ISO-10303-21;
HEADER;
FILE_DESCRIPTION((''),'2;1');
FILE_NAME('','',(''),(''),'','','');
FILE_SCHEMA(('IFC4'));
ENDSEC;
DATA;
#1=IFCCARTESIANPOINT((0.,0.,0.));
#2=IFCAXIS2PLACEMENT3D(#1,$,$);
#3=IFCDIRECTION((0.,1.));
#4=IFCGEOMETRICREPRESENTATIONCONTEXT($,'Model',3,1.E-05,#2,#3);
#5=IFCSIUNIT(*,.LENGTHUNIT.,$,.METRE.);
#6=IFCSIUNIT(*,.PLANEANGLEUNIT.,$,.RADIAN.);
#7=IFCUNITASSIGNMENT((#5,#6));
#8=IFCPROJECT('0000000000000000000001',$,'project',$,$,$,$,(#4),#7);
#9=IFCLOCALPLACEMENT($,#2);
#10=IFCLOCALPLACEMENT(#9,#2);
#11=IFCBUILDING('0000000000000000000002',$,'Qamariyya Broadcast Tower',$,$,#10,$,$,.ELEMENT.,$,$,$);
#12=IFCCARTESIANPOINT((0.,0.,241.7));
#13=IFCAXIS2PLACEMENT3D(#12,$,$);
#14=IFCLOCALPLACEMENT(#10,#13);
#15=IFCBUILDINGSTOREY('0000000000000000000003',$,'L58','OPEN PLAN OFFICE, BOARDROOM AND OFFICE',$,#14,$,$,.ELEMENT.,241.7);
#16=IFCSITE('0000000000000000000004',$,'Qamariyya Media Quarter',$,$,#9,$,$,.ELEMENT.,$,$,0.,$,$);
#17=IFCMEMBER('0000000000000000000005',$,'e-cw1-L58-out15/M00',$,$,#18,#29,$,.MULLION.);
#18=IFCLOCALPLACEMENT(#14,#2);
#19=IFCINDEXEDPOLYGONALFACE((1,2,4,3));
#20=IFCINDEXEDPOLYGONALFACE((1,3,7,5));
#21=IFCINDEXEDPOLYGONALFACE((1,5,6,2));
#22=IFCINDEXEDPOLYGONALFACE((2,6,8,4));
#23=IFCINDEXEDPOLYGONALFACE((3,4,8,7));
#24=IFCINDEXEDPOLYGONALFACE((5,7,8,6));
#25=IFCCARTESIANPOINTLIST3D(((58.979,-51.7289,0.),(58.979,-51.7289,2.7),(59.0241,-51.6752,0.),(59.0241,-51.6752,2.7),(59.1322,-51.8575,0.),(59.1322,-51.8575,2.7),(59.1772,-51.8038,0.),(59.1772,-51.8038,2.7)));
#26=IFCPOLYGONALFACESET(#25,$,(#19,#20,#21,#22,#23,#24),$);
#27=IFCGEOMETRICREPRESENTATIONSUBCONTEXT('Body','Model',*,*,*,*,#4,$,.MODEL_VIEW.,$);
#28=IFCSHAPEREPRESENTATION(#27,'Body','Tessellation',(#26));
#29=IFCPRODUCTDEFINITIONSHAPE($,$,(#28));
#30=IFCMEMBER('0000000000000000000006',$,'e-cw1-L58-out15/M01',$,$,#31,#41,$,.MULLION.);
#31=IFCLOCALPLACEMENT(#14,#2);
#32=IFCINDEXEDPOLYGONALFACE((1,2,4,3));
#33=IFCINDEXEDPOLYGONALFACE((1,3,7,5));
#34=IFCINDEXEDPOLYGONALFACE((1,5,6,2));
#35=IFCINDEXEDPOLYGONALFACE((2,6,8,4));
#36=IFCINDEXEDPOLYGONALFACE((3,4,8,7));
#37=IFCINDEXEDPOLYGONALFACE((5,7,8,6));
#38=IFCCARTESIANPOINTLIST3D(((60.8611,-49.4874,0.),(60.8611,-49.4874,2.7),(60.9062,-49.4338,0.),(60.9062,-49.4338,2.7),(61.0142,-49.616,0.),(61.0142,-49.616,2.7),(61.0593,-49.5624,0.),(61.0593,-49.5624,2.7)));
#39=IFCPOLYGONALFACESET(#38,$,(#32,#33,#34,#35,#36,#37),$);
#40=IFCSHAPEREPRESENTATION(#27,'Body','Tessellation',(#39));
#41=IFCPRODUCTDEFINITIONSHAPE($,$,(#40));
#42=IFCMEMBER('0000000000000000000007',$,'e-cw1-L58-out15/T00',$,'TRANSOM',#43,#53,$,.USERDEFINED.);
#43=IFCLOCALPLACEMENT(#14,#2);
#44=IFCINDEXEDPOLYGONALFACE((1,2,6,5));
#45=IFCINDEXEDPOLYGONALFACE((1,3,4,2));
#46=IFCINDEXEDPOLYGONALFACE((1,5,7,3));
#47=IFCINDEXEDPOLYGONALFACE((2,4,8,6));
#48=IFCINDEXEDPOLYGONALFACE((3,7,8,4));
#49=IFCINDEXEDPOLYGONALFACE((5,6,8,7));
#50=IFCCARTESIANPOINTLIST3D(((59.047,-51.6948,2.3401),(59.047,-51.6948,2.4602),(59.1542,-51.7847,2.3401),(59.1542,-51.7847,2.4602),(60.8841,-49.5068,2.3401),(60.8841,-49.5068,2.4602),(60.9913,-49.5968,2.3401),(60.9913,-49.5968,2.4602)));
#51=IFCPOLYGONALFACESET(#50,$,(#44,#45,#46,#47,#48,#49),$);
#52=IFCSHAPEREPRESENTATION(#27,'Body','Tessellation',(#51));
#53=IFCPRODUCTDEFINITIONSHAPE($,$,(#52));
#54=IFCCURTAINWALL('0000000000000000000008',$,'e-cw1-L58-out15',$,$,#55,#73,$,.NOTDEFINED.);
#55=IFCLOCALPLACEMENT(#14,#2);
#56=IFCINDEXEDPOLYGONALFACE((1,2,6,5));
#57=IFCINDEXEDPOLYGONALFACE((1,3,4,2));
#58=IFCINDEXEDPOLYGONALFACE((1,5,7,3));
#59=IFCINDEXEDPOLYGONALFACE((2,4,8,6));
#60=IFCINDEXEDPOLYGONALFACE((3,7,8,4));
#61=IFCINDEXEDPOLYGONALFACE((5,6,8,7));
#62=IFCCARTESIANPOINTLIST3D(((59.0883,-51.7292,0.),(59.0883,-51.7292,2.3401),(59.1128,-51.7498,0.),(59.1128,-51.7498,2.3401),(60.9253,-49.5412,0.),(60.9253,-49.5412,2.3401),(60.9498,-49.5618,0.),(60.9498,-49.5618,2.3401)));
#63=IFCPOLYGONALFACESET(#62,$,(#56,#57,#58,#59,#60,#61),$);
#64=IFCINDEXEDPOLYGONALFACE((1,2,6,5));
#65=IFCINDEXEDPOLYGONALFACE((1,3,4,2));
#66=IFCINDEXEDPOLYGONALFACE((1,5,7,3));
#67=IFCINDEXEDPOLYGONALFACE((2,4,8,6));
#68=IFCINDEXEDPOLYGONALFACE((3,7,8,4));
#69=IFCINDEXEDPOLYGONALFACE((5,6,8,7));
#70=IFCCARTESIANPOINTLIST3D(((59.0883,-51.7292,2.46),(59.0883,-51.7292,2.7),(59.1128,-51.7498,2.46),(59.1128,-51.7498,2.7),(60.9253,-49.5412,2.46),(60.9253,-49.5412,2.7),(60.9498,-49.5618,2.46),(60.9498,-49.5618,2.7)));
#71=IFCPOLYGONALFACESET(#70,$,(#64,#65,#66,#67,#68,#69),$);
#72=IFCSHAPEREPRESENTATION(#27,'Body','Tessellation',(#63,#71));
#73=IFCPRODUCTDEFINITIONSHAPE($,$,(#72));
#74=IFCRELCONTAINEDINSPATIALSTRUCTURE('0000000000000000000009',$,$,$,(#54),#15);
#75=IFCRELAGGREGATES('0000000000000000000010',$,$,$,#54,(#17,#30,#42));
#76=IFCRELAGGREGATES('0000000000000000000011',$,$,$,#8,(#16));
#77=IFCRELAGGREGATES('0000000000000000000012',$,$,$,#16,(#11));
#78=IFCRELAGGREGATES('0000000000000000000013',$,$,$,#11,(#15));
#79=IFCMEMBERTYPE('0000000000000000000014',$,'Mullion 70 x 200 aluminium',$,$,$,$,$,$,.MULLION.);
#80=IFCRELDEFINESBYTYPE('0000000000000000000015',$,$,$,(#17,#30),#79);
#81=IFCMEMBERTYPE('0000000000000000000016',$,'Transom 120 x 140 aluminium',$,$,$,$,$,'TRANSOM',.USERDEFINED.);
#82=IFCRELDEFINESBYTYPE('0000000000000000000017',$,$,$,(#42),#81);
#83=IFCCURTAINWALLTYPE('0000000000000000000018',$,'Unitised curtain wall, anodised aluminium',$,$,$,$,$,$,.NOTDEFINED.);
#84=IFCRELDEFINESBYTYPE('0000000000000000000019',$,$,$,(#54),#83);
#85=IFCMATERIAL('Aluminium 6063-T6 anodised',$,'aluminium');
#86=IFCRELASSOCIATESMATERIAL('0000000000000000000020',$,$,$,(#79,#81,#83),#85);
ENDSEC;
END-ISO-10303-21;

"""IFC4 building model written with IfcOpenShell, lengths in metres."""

from ifc_helpers import new_model, si_unit, direction, frame, origin, origin_2d, place, context, subcontext, project, spatial, rectangle, extrude, material, material_profile, profile_set, type_object, element, aggregate, save


model = new_model("IFC4")

# Units and contexts
model_context = context("Model", 3, precision=1e-05, world=origin(), true_north=direction((0.0, 1.0)))
body_context = subcontext(model_context, "Body", "Model", "MODEL_VIEW")
ifc_project = project(units=[si_unit("LENGTHUNIT", "METRE"), si_unit("PLANEANGLEUNIT", "RADIAN")], contexts=[model_context])

# Members
ifc_material = material(Name="Aluminium 6063-T6 anodised", Category="aluminium")
ifc_material_profile_1 = material_profile(ifc_material, rectangle(XDim=0.2, YDim=0.0701, at=origin_2d()))
ifc_profile_set_1 = profile_set([ifc_material_profile_1], Name="Aluminium 6063-T6 anodised")
member_type_1 = type_object("IfcMemberType", Name="Mullion 70 x 200 aluminium", PredefinedType="MULLION", material=ifc_profile_set_1)
site_placement = place(None, origin())
building_placement = place(site_placement, origin())
storey_placement = place(building_placement, frame((0.0, 0.0, 241.7)))
member_1_placement = place(storey_placement, frame((59.0781, -51.7664, 0.0), z_axis=(0.0, 0.0, 1.0), x_axis=(-0.765842, 0.643029, 0.0)))
member_1 = element("IfcMember", 1, at=member_1_placement, type_object=member_type_1, Name="e-cw1-L58-out15/M00", PredefinedType="MULLION", context=body_context, shape_type="SweptSolid", body=[
    extrude(rectangle(XDim=0.2, YDim=0.0701, at=origin_2d()), origin(), (0.0, 0.0, 1.0), 2.7),
])
member_2_placement = place(storey_placement, frame((60.9602, -49.5249, 0.0), z_axis=(0.0, 0.0, 1.0), x_axis=(-0.765842, 0.643029, 0.0)))
member_2 = element("IfcMember", 2, at=member_2_placement, type_object=member_type_1, Name="e-cw1-L58-out15/M01", PredefinedType="MULLION", context=body_context, shape_type="SweptSolid", body=[
    extrude(rectangle(XDim=0.2, YDim=0.0701, at=origin_2d()), origin(), (0.0, 0.0, 1.0), 2.7),
])
ifc_material_profile_2 = material_profile(ifc_material, rectangle(XDim=0.1399, YDim=0.1201, at=origin_2d()))
ifc_profile_set_2 = profile_set([ifc_material_profile_2], Name="Aluminium 6063-T6 anodised")
member_type_2 = type_object("IfcMemberType", Name="Transom 120 x 140 aluminium", ElementType="TRANSOM", PredefinedType="USERDEFINED", material=ifc_profile_set_2)
member_3_placement = place(storey_placement, frame((59.1006, -51.7397, 2.4001), z_axis=(0.643038, 0.765834, 0.0), x_axis=(-0.765834, 0.643038, 0.0)))
member_3 = element("IfcMember", 3, at=member_3_placement, type_object=member_type_2, Name="e-cw1-L58-out15/T00", ObjectType="TRANSOM", PredefinedType="USERDEFINED", context=body_context, shape_type="SweptSolid", body=[
    extrude(rectangle(XDim=0.1399, YDim=0.1201, at=origin_2d()), origin(), (0.0, 0.0, 1.0), 2.8569),
])

# Site, building, storey
site = spatial("IfcSite", under=ifc_project, at=site_placement, Name="Qamariyya Media Quarter", CompositionType="ELEMENT", RefElevation=0.0)
building = spatial("IfcBuilding", under=site, at=building_placement, Name="Qamariyya Broadcast Tower", CompositionType="ELEMENT")
storey = spatial("IfcBuildingStorey", under=building, at=storey_placement, Name="L58", Description="OPEN PLAN OFFICE, BOARDROOM AND OFFICE", CompositionType="ELEMENT", Elevation=241.7)

# Curtain wall
curtain_wall_type = type_object("IfcCurtainWallType", Name="Unitised curtain wall, anodised aluminium", PredefinedType="NOTDEFINED", material=ifc_material)
curtain_wall_1_placement = place(storey_placement, origin())
curtain_wall_1 = element("IfcCurtainWall", 4, at=curtain_wall_1_placement, inside=storey, type_object=curtain_wall_type, Name="e-cw1-L58-out15", PredefinedType="NOTDEFINED", context=body_context, shape_type="SweptSolid", body=[
    extrude(rectangle(XDim=2.8569, YDim=0.032, at=origin_2d()), frame((60.019, -50.6455, 0.0), x_axis=(0.643009, 0.765859, 0.0)), (0.0, 0.0, 1.0), 2.3401),
    extrude(rectangle(XDim=2.8569, YDim=0.032, at=origin_2d()), frame((60.019, -50.6455, 2.46), x_axis=(0.643009, 0.765859, 0.0)), (0.0, 0.0, 1.0), 0.24),
])
aggregate(curtain_wall_1, [member_1, member_2, member_3])

save(model, "model.ifc")
